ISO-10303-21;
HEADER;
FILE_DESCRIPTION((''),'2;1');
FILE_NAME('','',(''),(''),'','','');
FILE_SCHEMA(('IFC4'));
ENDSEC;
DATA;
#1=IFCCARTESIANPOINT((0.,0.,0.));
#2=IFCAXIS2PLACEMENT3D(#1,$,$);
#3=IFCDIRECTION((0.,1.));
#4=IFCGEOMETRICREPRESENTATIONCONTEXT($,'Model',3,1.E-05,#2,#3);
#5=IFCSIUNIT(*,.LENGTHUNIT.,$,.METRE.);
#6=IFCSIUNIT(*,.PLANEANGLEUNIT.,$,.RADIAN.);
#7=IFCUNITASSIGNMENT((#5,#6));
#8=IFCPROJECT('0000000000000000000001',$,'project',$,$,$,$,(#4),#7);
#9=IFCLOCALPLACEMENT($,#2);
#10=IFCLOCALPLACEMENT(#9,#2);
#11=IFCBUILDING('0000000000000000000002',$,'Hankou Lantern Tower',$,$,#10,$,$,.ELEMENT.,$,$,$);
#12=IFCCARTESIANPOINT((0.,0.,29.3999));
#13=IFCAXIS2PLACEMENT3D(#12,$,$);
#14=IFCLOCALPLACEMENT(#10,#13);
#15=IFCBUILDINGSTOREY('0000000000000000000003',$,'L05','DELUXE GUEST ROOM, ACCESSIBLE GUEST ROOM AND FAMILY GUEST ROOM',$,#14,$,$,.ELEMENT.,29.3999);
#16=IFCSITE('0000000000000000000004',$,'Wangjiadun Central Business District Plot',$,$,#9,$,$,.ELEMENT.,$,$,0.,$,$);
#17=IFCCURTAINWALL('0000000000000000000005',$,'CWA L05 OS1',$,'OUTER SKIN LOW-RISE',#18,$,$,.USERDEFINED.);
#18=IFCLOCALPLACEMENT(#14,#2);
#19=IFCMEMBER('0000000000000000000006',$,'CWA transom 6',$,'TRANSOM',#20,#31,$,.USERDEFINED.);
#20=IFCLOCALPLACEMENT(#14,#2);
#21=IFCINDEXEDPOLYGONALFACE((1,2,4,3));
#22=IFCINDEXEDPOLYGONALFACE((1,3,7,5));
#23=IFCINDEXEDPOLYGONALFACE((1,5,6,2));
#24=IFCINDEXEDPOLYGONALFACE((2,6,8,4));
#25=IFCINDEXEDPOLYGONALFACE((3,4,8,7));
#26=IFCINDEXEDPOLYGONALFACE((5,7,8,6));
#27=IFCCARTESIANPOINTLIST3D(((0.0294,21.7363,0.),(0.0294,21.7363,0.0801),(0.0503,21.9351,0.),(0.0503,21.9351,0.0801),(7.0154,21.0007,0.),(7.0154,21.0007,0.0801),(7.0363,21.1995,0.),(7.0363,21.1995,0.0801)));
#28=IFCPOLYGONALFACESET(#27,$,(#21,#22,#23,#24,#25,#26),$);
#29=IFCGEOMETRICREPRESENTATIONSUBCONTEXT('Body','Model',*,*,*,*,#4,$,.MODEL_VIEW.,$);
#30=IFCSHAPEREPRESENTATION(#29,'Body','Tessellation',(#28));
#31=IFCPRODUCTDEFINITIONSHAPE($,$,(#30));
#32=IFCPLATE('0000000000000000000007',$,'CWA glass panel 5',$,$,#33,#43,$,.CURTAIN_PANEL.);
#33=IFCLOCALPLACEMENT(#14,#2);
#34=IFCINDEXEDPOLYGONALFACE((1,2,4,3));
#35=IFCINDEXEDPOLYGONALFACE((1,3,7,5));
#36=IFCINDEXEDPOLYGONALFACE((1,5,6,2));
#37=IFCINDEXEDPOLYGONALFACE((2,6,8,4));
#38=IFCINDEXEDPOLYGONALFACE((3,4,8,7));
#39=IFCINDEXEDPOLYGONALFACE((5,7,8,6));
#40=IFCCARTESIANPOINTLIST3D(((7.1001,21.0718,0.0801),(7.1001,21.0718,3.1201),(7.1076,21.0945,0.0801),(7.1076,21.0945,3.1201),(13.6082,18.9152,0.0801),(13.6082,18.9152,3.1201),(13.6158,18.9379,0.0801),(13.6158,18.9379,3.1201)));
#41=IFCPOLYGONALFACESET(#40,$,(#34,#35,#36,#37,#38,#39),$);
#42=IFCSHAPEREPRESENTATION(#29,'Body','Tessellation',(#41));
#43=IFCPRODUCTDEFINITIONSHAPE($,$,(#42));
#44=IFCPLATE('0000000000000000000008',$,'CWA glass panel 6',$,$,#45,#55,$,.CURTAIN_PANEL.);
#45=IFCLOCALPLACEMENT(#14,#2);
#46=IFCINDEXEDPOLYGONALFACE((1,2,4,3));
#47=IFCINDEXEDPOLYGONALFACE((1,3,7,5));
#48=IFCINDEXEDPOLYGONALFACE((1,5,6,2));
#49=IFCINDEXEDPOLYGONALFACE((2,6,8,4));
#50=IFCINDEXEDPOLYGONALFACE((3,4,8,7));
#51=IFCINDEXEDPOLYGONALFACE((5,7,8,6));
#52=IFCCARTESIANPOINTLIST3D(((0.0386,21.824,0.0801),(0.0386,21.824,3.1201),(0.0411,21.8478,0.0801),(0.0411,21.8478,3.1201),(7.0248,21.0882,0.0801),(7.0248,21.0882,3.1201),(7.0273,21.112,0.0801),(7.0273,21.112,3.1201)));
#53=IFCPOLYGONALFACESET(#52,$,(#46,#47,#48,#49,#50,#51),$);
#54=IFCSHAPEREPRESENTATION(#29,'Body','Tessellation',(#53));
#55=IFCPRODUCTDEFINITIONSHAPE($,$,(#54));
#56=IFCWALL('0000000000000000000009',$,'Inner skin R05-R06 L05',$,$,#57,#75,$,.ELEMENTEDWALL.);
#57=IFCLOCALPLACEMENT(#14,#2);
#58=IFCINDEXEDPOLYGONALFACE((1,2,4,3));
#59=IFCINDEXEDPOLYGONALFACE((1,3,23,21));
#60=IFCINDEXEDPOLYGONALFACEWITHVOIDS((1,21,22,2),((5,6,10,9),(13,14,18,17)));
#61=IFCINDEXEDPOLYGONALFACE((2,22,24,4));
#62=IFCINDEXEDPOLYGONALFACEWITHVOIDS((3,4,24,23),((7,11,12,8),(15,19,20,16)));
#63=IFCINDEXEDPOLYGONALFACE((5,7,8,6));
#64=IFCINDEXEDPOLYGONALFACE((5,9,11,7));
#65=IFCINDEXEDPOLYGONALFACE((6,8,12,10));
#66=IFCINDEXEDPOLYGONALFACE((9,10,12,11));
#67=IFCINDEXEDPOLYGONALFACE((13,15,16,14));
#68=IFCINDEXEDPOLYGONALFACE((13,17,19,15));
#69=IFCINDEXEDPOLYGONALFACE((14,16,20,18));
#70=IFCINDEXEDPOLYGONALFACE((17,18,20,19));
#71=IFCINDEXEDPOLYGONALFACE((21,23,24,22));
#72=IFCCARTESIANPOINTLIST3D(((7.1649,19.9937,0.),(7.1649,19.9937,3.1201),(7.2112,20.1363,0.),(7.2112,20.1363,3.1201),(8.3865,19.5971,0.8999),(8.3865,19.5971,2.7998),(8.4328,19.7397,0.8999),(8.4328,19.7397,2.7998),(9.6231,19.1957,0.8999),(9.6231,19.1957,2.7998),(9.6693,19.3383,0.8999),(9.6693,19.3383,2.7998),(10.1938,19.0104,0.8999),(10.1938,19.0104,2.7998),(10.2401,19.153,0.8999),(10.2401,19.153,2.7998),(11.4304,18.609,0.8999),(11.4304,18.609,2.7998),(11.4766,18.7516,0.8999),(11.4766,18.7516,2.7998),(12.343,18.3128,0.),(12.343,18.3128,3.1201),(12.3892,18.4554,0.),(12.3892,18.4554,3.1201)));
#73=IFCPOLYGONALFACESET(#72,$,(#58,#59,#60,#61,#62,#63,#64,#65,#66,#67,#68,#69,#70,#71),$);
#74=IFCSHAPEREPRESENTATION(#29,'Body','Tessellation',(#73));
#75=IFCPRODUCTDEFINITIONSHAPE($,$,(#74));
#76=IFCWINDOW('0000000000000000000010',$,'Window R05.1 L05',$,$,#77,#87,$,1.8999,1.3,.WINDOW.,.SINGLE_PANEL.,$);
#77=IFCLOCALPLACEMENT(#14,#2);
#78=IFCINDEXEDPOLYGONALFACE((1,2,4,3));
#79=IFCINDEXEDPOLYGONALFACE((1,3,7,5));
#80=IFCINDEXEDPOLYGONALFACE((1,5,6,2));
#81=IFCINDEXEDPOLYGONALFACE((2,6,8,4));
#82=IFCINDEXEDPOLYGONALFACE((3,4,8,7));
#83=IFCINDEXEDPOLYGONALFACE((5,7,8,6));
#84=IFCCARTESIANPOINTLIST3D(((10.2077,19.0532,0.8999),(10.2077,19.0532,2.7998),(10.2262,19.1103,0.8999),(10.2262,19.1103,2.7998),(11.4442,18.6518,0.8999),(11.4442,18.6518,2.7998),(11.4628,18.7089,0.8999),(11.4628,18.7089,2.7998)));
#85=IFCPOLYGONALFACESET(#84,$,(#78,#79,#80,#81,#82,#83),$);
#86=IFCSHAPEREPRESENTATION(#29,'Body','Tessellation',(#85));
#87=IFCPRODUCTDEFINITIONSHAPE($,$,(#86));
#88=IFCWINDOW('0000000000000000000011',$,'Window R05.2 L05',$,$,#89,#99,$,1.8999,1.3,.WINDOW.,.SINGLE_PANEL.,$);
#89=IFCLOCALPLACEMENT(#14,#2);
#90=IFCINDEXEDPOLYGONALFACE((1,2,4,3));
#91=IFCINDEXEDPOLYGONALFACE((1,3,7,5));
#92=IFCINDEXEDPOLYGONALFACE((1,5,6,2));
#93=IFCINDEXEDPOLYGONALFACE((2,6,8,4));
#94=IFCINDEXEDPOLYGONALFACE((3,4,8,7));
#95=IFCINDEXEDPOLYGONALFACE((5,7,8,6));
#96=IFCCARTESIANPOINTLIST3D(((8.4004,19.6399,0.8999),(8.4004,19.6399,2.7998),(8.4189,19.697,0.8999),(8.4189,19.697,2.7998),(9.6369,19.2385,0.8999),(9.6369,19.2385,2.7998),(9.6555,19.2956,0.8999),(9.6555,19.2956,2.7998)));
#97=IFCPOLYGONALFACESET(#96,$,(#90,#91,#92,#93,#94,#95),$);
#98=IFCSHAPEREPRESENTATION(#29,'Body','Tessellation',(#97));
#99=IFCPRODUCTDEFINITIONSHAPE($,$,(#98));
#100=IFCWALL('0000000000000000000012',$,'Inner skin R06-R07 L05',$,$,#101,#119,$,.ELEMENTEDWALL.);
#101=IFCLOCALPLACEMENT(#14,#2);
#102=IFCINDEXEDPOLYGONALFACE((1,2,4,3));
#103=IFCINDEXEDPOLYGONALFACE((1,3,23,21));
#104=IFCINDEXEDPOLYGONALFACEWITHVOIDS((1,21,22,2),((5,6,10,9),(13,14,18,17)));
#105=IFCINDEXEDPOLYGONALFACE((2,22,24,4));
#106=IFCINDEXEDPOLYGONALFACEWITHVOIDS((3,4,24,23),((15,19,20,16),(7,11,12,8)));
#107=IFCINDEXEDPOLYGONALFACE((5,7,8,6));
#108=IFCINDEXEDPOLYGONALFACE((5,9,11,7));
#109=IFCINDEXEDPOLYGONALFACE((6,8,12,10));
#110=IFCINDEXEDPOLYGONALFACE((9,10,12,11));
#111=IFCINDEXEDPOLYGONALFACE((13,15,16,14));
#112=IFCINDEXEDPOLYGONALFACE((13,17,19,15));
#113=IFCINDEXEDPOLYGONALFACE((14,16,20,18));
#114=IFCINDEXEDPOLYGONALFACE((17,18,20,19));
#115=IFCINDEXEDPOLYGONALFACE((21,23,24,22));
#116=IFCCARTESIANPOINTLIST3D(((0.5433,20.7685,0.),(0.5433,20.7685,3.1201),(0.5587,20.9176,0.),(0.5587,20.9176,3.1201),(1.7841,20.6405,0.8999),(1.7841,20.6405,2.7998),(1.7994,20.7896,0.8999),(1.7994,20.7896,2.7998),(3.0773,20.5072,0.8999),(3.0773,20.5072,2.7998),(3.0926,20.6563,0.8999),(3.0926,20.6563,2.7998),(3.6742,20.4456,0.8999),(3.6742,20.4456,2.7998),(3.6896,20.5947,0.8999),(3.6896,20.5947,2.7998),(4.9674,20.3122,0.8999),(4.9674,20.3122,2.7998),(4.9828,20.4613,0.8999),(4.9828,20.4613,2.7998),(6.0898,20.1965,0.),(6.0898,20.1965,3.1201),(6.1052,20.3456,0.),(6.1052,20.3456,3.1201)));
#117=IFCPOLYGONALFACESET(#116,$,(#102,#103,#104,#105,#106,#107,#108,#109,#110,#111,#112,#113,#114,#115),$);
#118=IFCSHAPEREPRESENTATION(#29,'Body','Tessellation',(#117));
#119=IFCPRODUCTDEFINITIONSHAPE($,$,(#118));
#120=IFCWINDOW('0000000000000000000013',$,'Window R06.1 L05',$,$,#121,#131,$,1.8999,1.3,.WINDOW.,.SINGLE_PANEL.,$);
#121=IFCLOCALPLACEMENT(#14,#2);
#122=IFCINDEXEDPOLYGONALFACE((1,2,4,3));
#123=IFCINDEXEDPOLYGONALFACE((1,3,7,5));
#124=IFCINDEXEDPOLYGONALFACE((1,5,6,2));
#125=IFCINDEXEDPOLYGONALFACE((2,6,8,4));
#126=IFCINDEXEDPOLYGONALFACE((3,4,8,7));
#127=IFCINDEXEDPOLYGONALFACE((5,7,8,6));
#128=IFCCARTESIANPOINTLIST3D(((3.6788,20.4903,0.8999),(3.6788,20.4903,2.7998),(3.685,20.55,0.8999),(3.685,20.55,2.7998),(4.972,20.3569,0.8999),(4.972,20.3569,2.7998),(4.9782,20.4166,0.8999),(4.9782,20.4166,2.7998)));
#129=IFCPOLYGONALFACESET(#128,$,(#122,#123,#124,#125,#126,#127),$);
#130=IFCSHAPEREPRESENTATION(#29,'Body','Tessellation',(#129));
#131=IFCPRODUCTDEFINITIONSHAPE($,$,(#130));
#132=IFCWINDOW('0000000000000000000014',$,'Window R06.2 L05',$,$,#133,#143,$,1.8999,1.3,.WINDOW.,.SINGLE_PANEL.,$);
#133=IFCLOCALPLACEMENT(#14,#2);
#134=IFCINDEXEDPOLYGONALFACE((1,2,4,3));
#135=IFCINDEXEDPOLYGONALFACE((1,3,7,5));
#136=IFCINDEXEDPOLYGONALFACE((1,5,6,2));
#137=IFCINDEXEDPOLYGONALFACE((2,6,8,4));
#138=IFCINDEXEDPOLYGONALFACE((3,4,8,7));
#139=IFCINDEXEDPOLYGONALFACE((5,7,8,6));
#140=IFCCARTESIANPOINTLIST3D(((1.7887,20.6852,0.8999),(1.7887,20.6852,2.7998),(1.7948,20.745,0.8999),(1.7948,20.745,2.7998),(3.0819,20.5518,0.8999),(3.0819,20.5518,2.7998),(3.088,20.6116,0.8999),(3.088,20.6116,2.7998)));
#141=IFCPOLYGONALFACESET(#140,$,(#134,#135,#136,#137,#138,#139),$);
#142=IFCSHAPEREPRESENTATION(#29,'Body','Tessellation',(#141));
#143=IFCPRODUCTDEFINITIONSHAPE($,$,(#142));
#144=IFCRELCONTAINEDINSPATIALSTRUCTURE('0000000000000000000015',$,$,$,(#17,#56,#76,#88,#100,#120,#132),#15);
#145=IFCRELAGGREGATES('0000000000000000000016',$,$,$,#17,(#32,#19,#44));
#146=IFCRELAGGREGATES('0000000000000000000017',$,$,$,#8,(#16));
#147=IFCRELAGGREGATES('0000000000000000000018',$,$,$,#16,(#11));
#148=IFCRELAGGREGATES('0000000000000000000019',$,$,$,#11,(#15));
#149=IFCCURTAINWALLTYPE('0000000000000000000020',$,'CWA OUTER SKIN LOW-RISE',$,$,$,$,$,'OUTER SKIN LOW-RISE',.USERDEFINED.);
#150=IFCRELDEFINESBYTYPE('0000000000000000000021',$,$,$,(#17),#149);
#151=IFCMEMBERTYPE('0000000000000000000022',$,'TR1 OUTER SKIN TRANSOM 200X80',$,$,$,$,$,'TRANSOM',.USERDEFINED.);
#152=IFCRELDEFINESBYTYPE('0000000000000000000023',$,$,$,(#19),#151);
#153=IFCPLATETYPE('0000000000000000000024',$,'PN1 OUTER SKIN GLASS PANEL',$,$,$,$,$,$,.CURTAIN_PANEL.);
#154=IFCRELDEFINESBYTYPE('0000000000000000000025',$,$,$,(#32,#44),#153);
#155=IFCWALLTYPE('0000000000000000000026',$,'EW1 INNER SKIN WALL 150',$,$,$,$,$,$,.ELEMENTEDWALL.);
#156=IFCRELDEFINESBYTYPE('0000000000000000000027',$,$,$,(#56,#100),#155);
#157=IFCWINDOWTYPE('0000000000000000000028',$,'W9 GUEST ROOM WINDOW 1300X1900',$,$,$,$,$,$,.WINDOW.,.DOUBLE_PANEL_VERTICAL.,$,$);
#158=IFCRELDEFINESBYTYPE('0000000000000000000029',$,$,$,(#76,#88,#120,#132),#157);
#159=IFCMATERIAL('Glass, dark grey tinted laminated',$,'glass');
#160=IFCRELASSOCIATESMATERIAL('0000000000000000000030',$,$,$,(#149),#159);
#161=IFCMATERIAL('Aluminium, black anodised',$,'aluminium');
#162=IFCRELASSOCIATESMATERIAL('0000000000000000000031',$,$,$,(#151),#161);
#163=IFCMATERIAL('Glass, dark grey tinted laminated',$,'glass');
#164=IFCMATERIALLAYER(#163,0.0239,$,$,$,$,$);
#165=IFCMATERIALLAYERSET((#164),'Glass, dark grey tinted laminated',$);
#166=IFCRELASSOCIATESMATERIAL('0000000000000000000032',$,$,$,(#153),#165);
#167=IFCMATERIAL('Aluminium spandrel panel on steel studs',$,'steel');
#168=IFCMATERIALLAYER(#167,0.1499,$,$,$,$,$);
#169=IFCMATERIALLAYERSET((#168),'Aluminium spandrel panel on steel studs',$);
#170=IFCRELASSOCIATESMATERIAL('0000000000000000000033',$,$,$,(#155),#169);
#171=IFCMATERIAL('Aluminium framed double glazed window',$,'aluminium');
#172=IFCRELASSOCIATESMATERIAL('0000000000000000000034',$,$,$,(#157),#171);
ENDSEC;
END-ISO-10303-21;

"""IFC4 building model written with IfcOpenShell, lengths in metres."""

from ifc_helpers import new_model, si_unit, direction, frame, frame_2d, origin, origin_2d, place, context, subcontext, project, spatial, rectangle, extrude, material, layer, layer_set, material_profile, profile_set, type_object, element, fill, aggregate, save


model = new_model("IFC4")

# Units and contexts
model_context = context("Model", 3, precision=1e-05, world=origin(), true_north=direction((0.0, 1.0)))
body_context = subcontext(model_context, "Body", "Model", "MODEL_VIEW")
ifc_project = project(units=[si_unit("LENGTHUNIT", "METRE"), si_unit("PLANEANGLEUNIT", "RADIAN")], contexts=[model_context])

# Site, building, storey
site_placement = place(None, origin())
site = spatial("IfcSite", under=ifc_project, at=site_placement, Name="Wangjiadun Central Business District Plot", CompositionType="ELEMENT", RefElevation=0.0)
building_placement = place(site_placement, origin())
building = spatial("IfcBuilding", under=site, at=building_placement, Name="Hankou Lantern Tower", CompositionType="ELEMENT")
storey_placement = place(building_placement, frame((0.0, 0.0, 29.3999)))
storey = spatial("IfcBuildingStorey", under=building, at=storey_placement, Name="L05", Description="DELUXE GUEST ROOM, ACCESSIBLE GUEST ROOM AND FAMILY GUEST ROOM", CompositionType="ELEMENT", Elevation=29.3999)

# Curtain wall
ifc_material_1 = material(Name="Glass, dark grey tinted laminated", Category="glass")
curtain_wall_type = type_object("IfcCurtainWallType", Name="CWA OUTER SKIN LOW-RISE", ElementType="OUTER SKIN LOW-RISE", PredefinedType="USERDEFINED", material=ifc_material_1)
curtain_wall_1_placement = place(storey_placement, origin())
curtain_wall_1 = element("IfcCurtainWall", 1, at=curtain_wall_1_placement, inside=storey, type_object=curtain_wall_type, Name="CWA L05 OS1", ObjectType="OUTER SKIN LOW-RISE", PredefinedType="USERDEFINED")

# Member
ifc_material_2 = material(Name="Aluminium, black anodised", Category="aluminium")
ifc_material_profile_1 = material_profile(ifc_material_2, rectangle(XDim=0.2, YDim=0.0801, at=origin_2d()), Name="TR1 200X80")
ifc_profile_set_1 = profile_set([ifc_material_profile_1], Name="Aluminium, black anodised")
member_type_1 = type_object("IfcMemberType", Name="TR1 OUTER SKIN TRANSOM 200X80", ElementType="TRANSOM", PredefinedType="USERDEFINED", material=ifc_profile_set_1)
member_1_placement = place(storey_placement, frame((7.0259, 21.1001, 0.04), z_axis=(-0.994502, 0.104716, 0.0), x_axis=(-0.104716, -0.994502, 0.0)))
member_1 = element("IfcMember", 2, at=member_1_placement, type_object=member_type_1, Name="CWA transom 6", ObjectType="TRANSOM", PredefinedType="USERDEFINED", context=body_context, shape_type="SweptSolid", body=[
    extrude(rectangle(XDim=0.2, YDim=0.0801, at=origin_2d()), origin(), (0.0, 0.0, 1.0), 7.0247),
])

# Plates
ifc_material_3 = material(Name="Glass, dark grey tinted laminated", Category="glass")
ifc_layer_1 = layer(ifc_material_3, 0.0239)
ifc_layer_set_1 = layer_set([ifc_layer_1], Name="Glass, dark grey tinted laminated")
plate_type = type_object("IfcPlateType", Name="PN1 OUTER SKIN GLASS PANEL", PredefinedType="CURTAIN_PANEL", material=ifc_layer_set_1)
plate_1_placement = place(storey_placement, frame((10.3579, 20.0049, 0.0801), z_axis=(0.0, 0.0, 1.0), x_axis=(-0.949241, 0.314551, 0.0)))
plate_1 = element("IfcPlate", 3, at=plate_1_placement, type_object=plate_type, Name="CWA glass panel 5", PredefinedType="CURTAIN_PANEL", context=body_context, shape_type="SweptSolid", body=[
    extrude(rectangle(XDim=6.8562, YDim=0.0239, at=origin_2d()), origin(), (0.0, 0.0, 1.0), 3.04),
])
plate_2_placement = place(storey_placement, frame((3.533, 21.468, 0.0801), z_axis=(0.0, 0.0, 1.0), x_axis=(-0.994499, 0.104743, 0.0)))
plate_2 = element("IfcPlate", 4, at=plate_2_placement, type_object=plate_type, Name="CWA glass panel 6", PredefinedType="CURTAIN_PANEL", context=body_context, shape_type="SweptSolid", body=[
    extrude(rectangle(XDim=7.0249, YDim=0.0239, at=origin_2d()), origin(), (0.0, 0.0, 1.0), 3.04),
])
aggregate(curtain_wall_1, [plate_1, member_1, plate_2])

# Walls, openings, windows
ifc_material_4 = material(Name="Aluminium spandrel panel on steel studs", Category="steel")
ifc_layer_2 = layer(ifc_material_4, 0.1499)
ifc_layer_set_2 = layer_set([ifc_layer_2], Name="Aluminium spandrel panel on steel studs")
wall_type_1 = type_object("IfcWallType", Name="EW1 INNER SKIN WALL 150", PredefinedType="ELEMENTEDWALL", material=ifc_layer_set_2)
wall_1_placement = place(storey_placement, frame((12.3662, 18.384, 0.0), z_axis=(0.0, 0.0, 1.0), x_axis=(-0.951138, 0.308765, 0.0)))
wall_1 = element("IfcWall", 5, at=wall_1_placement, inside=storey, type_object=wall_type_1, Name="Inner skin R05-R06 L05", PredefinedType="ELEMENTEDWALL", context=body_context, shape_type="SweptSolid", body=[
    extrude(rectangle(XDim=5.4441, YDim=0.1499, at=frame_2d((2.7222, 0.0))), origin(), (0.0, 0.0, 1.0), 3.1201),
])
opening_1_placement = place(wall_1_placement, frame((0.9597, 0.0, 0.8999)))
opening_1 = element("IfcOpeningElement", 6, at=opening_1_placement, cuts=wall_1, PredefinedType="OPENING", context=body_context, shape_type="SweptSolid", body=[
    extrude(rectangle(XDim=1.3, YDim=1.8999, at=frame_2d((0.6499, 0.95))), frame((0.0, 0.085, 0.0), z_axis=(0.0, -1.0, 0.0), x_axis=(1.0, 0.0, 0.0)), (0.0, 0.0, 1.0), 0.1699),
])
opening_2_placement = place(wall_1_placement, frame((2.8599, 0.0, 0.8999)))
opening_2 = element("IfcOpeningElement", 7, at=opening_2_placement, cuts=wall_1, PredefinedType="OPENING", context=body_context, shape_type="SweptSolid", body=[
    extrude(rectangle(XDim=1.3, YDim=1.8999, at=frame_2d((0.6499, 0.95))), frame((0.0, 0.085, 0.0), z_axis=(0.0, -1.0, 0.0), x_axis=(1.0, 0.0, 0.0)), (0.0, 0.0, 1.0), 0.1699),
])
ifc_material_5 = material(Name="Aluminium framed double glazed window", Category="aluminium")
window_type = type_object("IfcWindowType", Name="W9 GUEST ROOM WINDOW 1300X1900", PartitioningType="DOUBLE_PANEL_VERTICAL", PredefinedType="WINDOW", material=ifc_material_5)
window_1_placement = place(opening_1_placement, origin())
window_1 = element("IfcWindow", 8, at=window_1_placement, inside=storey, type_object=window_type, Name="Window R05.1 L05", OverallHeight=1.8999, OverallWidth=1.3, PartitioningType="SINGLE_PANEL", PredefinedType="WINDOW", context=body_context, shape_type="SweptSolid", body=[
    extrude(rectangle(XDim=1.3, YDim=1.8999, at=frame_2d((0.6499, 0.95))), frame((0.0, 0.03, 0.0), z_axis=(0.0, -1.0, 0.0), x_axis=(1.0, 0.0, 0.0)), (0.0, 0.0, 1.0), 0.0601),
])
fill(opening_1, window_1)
window_2_placement = place(opening_2_placement, origin())
window_2 = element("IfcWindow", 9, at=window_2_placement, inside=storey, type_object=window_type, Name="Window R05.2 L05", OverallHeight=1.8999, OverallWidth=1.3, PartitioningType="SINGLE_PANEL", PredefinedType="WINDOW", context=body_context, shape_type="SweptSolid", body=[
    extrude(rectangle(XDim=1.3, YDim=1.8999, at=frame_2d((0.6499, 0.95))), frame((0.0, 0.03, 0.0), z_axis=(0.0, -1.0, 0.0), x_axis=(1.0, 0.0, 0.0)), (0.0, 0.0, 1.0), 0.0601),
])
fill(opening_2, window_2)
wall_2_placement = place(storey_placement, frame((6.0977, 20.271, 0.0), z_axis=(0.0, 0.0, 1.0), x_axis=(-0.994724, 0.10259, 0.0)))
wall_2 = element("IfcWall", 10, at=wall_2_placement, inside=storey, type_object=wall_type_1, Name="Inner skin R06-R07 L05", PredefinedType="ELEMENTEDWALL", context=body_context, shape_type="SweptSolid", body=[
    extrude(rectangle(XDim=5.5759, YDim=0.1499, at=frame_2d((2.7881, 0.0))), origin(), (0.0, 0.0, 1.0), 3.1201),
])
opening_3_placement = place(wall_2_placement, frame((1.1287, 0.0, 0.8999)))
opening_3 = element("IfcOpeningElement", 11, at=opening_3_placement, cuts=wall_2, PredefinedType="OPENING", context=body_context, shape_type="SweptSolid", body=[
    extrude(rectangle(XDim=1.3, YDim=1.8999, at=frame_2d((0.6499, 0.95))), frame((0.0, 0.085, 0.0), z_axis=(0.0, -1.0, 0.0), x_axis=(1.0, 0.0, 0.0)), (0.0, 0.0, 1.0), 0.1699),
])
opening_4_placement = place(wall_2_placement, frame((3.0288, 0.0, 0.8999)))
opening_4 = element("IfcOpeningElement", 12, at=opening_4_placement, cuts=wall_2, PredefinedType="OPENING", context=body_context, shape_type="SweptSolid", body=[
    extrude(rectangle(XDim=1.3, YDim=1.8999, at=frame_2d((0.6499, 0.95))), frame((0.0, 0.085, 0.0), z_axis=(0.0, -1.0, 0.0), x_axis=(1.0, 0.0, 0.0)), (0.0, 0.0, 1.0), 0.1699),
])
window_3_placement = place(opening_3_placement, origin())
window_3 = element("IfcWindow", 13, at=window_3_placement, inside=storey, type_object=window_type, Name="Window R06.1 L05", OverallHeight=1.8999, OverallWidth=1.3, PartitioningType="SINGLE_PANEL", PredefinedType="WINDOW", context=body_context, shape_type="SweptSolid", body=[
    extrude(rectangle(XDim=1.3, YDim=1.8999, at=frame_2d((0.6499, 0.95))), frame((0.0, 0.03, 0.0), z_axis=(0.0, -1.0, 0.0), x_axis=(1.0, 0.0, 0.0)), (0.0, 0.0, 1.0), 0.0601),
])
fill(opening_3, window_3)
window_4_placement = place(opening_4_placement, origin())
window_4 = element("IfcWindow", 14, at=window_4_placement, inside=storey, type_object=window_type, Name="Window R06.2 L05", OverallHeight=1.8999, OverallWidth=1.3, PartitioningType="SINGLE_PANEL", PredefinedType="WINDOW", context=body_context, shape_type="SweptSolid", body=[
    extrude(rectangle(XDim=1.3, YDim=1.8999, at=frame_2d((0.6499, 0.95))), frame((0.0, 0.03, 0.0), z_axis=(0.0, -1.0, 0.0), x_axis=(1.0, 0.0, 0.0)), (0.0, 0.0, 1.0), 0.0601),
])
fill(opening_4, window_4)

save(model, "model.ifc")
